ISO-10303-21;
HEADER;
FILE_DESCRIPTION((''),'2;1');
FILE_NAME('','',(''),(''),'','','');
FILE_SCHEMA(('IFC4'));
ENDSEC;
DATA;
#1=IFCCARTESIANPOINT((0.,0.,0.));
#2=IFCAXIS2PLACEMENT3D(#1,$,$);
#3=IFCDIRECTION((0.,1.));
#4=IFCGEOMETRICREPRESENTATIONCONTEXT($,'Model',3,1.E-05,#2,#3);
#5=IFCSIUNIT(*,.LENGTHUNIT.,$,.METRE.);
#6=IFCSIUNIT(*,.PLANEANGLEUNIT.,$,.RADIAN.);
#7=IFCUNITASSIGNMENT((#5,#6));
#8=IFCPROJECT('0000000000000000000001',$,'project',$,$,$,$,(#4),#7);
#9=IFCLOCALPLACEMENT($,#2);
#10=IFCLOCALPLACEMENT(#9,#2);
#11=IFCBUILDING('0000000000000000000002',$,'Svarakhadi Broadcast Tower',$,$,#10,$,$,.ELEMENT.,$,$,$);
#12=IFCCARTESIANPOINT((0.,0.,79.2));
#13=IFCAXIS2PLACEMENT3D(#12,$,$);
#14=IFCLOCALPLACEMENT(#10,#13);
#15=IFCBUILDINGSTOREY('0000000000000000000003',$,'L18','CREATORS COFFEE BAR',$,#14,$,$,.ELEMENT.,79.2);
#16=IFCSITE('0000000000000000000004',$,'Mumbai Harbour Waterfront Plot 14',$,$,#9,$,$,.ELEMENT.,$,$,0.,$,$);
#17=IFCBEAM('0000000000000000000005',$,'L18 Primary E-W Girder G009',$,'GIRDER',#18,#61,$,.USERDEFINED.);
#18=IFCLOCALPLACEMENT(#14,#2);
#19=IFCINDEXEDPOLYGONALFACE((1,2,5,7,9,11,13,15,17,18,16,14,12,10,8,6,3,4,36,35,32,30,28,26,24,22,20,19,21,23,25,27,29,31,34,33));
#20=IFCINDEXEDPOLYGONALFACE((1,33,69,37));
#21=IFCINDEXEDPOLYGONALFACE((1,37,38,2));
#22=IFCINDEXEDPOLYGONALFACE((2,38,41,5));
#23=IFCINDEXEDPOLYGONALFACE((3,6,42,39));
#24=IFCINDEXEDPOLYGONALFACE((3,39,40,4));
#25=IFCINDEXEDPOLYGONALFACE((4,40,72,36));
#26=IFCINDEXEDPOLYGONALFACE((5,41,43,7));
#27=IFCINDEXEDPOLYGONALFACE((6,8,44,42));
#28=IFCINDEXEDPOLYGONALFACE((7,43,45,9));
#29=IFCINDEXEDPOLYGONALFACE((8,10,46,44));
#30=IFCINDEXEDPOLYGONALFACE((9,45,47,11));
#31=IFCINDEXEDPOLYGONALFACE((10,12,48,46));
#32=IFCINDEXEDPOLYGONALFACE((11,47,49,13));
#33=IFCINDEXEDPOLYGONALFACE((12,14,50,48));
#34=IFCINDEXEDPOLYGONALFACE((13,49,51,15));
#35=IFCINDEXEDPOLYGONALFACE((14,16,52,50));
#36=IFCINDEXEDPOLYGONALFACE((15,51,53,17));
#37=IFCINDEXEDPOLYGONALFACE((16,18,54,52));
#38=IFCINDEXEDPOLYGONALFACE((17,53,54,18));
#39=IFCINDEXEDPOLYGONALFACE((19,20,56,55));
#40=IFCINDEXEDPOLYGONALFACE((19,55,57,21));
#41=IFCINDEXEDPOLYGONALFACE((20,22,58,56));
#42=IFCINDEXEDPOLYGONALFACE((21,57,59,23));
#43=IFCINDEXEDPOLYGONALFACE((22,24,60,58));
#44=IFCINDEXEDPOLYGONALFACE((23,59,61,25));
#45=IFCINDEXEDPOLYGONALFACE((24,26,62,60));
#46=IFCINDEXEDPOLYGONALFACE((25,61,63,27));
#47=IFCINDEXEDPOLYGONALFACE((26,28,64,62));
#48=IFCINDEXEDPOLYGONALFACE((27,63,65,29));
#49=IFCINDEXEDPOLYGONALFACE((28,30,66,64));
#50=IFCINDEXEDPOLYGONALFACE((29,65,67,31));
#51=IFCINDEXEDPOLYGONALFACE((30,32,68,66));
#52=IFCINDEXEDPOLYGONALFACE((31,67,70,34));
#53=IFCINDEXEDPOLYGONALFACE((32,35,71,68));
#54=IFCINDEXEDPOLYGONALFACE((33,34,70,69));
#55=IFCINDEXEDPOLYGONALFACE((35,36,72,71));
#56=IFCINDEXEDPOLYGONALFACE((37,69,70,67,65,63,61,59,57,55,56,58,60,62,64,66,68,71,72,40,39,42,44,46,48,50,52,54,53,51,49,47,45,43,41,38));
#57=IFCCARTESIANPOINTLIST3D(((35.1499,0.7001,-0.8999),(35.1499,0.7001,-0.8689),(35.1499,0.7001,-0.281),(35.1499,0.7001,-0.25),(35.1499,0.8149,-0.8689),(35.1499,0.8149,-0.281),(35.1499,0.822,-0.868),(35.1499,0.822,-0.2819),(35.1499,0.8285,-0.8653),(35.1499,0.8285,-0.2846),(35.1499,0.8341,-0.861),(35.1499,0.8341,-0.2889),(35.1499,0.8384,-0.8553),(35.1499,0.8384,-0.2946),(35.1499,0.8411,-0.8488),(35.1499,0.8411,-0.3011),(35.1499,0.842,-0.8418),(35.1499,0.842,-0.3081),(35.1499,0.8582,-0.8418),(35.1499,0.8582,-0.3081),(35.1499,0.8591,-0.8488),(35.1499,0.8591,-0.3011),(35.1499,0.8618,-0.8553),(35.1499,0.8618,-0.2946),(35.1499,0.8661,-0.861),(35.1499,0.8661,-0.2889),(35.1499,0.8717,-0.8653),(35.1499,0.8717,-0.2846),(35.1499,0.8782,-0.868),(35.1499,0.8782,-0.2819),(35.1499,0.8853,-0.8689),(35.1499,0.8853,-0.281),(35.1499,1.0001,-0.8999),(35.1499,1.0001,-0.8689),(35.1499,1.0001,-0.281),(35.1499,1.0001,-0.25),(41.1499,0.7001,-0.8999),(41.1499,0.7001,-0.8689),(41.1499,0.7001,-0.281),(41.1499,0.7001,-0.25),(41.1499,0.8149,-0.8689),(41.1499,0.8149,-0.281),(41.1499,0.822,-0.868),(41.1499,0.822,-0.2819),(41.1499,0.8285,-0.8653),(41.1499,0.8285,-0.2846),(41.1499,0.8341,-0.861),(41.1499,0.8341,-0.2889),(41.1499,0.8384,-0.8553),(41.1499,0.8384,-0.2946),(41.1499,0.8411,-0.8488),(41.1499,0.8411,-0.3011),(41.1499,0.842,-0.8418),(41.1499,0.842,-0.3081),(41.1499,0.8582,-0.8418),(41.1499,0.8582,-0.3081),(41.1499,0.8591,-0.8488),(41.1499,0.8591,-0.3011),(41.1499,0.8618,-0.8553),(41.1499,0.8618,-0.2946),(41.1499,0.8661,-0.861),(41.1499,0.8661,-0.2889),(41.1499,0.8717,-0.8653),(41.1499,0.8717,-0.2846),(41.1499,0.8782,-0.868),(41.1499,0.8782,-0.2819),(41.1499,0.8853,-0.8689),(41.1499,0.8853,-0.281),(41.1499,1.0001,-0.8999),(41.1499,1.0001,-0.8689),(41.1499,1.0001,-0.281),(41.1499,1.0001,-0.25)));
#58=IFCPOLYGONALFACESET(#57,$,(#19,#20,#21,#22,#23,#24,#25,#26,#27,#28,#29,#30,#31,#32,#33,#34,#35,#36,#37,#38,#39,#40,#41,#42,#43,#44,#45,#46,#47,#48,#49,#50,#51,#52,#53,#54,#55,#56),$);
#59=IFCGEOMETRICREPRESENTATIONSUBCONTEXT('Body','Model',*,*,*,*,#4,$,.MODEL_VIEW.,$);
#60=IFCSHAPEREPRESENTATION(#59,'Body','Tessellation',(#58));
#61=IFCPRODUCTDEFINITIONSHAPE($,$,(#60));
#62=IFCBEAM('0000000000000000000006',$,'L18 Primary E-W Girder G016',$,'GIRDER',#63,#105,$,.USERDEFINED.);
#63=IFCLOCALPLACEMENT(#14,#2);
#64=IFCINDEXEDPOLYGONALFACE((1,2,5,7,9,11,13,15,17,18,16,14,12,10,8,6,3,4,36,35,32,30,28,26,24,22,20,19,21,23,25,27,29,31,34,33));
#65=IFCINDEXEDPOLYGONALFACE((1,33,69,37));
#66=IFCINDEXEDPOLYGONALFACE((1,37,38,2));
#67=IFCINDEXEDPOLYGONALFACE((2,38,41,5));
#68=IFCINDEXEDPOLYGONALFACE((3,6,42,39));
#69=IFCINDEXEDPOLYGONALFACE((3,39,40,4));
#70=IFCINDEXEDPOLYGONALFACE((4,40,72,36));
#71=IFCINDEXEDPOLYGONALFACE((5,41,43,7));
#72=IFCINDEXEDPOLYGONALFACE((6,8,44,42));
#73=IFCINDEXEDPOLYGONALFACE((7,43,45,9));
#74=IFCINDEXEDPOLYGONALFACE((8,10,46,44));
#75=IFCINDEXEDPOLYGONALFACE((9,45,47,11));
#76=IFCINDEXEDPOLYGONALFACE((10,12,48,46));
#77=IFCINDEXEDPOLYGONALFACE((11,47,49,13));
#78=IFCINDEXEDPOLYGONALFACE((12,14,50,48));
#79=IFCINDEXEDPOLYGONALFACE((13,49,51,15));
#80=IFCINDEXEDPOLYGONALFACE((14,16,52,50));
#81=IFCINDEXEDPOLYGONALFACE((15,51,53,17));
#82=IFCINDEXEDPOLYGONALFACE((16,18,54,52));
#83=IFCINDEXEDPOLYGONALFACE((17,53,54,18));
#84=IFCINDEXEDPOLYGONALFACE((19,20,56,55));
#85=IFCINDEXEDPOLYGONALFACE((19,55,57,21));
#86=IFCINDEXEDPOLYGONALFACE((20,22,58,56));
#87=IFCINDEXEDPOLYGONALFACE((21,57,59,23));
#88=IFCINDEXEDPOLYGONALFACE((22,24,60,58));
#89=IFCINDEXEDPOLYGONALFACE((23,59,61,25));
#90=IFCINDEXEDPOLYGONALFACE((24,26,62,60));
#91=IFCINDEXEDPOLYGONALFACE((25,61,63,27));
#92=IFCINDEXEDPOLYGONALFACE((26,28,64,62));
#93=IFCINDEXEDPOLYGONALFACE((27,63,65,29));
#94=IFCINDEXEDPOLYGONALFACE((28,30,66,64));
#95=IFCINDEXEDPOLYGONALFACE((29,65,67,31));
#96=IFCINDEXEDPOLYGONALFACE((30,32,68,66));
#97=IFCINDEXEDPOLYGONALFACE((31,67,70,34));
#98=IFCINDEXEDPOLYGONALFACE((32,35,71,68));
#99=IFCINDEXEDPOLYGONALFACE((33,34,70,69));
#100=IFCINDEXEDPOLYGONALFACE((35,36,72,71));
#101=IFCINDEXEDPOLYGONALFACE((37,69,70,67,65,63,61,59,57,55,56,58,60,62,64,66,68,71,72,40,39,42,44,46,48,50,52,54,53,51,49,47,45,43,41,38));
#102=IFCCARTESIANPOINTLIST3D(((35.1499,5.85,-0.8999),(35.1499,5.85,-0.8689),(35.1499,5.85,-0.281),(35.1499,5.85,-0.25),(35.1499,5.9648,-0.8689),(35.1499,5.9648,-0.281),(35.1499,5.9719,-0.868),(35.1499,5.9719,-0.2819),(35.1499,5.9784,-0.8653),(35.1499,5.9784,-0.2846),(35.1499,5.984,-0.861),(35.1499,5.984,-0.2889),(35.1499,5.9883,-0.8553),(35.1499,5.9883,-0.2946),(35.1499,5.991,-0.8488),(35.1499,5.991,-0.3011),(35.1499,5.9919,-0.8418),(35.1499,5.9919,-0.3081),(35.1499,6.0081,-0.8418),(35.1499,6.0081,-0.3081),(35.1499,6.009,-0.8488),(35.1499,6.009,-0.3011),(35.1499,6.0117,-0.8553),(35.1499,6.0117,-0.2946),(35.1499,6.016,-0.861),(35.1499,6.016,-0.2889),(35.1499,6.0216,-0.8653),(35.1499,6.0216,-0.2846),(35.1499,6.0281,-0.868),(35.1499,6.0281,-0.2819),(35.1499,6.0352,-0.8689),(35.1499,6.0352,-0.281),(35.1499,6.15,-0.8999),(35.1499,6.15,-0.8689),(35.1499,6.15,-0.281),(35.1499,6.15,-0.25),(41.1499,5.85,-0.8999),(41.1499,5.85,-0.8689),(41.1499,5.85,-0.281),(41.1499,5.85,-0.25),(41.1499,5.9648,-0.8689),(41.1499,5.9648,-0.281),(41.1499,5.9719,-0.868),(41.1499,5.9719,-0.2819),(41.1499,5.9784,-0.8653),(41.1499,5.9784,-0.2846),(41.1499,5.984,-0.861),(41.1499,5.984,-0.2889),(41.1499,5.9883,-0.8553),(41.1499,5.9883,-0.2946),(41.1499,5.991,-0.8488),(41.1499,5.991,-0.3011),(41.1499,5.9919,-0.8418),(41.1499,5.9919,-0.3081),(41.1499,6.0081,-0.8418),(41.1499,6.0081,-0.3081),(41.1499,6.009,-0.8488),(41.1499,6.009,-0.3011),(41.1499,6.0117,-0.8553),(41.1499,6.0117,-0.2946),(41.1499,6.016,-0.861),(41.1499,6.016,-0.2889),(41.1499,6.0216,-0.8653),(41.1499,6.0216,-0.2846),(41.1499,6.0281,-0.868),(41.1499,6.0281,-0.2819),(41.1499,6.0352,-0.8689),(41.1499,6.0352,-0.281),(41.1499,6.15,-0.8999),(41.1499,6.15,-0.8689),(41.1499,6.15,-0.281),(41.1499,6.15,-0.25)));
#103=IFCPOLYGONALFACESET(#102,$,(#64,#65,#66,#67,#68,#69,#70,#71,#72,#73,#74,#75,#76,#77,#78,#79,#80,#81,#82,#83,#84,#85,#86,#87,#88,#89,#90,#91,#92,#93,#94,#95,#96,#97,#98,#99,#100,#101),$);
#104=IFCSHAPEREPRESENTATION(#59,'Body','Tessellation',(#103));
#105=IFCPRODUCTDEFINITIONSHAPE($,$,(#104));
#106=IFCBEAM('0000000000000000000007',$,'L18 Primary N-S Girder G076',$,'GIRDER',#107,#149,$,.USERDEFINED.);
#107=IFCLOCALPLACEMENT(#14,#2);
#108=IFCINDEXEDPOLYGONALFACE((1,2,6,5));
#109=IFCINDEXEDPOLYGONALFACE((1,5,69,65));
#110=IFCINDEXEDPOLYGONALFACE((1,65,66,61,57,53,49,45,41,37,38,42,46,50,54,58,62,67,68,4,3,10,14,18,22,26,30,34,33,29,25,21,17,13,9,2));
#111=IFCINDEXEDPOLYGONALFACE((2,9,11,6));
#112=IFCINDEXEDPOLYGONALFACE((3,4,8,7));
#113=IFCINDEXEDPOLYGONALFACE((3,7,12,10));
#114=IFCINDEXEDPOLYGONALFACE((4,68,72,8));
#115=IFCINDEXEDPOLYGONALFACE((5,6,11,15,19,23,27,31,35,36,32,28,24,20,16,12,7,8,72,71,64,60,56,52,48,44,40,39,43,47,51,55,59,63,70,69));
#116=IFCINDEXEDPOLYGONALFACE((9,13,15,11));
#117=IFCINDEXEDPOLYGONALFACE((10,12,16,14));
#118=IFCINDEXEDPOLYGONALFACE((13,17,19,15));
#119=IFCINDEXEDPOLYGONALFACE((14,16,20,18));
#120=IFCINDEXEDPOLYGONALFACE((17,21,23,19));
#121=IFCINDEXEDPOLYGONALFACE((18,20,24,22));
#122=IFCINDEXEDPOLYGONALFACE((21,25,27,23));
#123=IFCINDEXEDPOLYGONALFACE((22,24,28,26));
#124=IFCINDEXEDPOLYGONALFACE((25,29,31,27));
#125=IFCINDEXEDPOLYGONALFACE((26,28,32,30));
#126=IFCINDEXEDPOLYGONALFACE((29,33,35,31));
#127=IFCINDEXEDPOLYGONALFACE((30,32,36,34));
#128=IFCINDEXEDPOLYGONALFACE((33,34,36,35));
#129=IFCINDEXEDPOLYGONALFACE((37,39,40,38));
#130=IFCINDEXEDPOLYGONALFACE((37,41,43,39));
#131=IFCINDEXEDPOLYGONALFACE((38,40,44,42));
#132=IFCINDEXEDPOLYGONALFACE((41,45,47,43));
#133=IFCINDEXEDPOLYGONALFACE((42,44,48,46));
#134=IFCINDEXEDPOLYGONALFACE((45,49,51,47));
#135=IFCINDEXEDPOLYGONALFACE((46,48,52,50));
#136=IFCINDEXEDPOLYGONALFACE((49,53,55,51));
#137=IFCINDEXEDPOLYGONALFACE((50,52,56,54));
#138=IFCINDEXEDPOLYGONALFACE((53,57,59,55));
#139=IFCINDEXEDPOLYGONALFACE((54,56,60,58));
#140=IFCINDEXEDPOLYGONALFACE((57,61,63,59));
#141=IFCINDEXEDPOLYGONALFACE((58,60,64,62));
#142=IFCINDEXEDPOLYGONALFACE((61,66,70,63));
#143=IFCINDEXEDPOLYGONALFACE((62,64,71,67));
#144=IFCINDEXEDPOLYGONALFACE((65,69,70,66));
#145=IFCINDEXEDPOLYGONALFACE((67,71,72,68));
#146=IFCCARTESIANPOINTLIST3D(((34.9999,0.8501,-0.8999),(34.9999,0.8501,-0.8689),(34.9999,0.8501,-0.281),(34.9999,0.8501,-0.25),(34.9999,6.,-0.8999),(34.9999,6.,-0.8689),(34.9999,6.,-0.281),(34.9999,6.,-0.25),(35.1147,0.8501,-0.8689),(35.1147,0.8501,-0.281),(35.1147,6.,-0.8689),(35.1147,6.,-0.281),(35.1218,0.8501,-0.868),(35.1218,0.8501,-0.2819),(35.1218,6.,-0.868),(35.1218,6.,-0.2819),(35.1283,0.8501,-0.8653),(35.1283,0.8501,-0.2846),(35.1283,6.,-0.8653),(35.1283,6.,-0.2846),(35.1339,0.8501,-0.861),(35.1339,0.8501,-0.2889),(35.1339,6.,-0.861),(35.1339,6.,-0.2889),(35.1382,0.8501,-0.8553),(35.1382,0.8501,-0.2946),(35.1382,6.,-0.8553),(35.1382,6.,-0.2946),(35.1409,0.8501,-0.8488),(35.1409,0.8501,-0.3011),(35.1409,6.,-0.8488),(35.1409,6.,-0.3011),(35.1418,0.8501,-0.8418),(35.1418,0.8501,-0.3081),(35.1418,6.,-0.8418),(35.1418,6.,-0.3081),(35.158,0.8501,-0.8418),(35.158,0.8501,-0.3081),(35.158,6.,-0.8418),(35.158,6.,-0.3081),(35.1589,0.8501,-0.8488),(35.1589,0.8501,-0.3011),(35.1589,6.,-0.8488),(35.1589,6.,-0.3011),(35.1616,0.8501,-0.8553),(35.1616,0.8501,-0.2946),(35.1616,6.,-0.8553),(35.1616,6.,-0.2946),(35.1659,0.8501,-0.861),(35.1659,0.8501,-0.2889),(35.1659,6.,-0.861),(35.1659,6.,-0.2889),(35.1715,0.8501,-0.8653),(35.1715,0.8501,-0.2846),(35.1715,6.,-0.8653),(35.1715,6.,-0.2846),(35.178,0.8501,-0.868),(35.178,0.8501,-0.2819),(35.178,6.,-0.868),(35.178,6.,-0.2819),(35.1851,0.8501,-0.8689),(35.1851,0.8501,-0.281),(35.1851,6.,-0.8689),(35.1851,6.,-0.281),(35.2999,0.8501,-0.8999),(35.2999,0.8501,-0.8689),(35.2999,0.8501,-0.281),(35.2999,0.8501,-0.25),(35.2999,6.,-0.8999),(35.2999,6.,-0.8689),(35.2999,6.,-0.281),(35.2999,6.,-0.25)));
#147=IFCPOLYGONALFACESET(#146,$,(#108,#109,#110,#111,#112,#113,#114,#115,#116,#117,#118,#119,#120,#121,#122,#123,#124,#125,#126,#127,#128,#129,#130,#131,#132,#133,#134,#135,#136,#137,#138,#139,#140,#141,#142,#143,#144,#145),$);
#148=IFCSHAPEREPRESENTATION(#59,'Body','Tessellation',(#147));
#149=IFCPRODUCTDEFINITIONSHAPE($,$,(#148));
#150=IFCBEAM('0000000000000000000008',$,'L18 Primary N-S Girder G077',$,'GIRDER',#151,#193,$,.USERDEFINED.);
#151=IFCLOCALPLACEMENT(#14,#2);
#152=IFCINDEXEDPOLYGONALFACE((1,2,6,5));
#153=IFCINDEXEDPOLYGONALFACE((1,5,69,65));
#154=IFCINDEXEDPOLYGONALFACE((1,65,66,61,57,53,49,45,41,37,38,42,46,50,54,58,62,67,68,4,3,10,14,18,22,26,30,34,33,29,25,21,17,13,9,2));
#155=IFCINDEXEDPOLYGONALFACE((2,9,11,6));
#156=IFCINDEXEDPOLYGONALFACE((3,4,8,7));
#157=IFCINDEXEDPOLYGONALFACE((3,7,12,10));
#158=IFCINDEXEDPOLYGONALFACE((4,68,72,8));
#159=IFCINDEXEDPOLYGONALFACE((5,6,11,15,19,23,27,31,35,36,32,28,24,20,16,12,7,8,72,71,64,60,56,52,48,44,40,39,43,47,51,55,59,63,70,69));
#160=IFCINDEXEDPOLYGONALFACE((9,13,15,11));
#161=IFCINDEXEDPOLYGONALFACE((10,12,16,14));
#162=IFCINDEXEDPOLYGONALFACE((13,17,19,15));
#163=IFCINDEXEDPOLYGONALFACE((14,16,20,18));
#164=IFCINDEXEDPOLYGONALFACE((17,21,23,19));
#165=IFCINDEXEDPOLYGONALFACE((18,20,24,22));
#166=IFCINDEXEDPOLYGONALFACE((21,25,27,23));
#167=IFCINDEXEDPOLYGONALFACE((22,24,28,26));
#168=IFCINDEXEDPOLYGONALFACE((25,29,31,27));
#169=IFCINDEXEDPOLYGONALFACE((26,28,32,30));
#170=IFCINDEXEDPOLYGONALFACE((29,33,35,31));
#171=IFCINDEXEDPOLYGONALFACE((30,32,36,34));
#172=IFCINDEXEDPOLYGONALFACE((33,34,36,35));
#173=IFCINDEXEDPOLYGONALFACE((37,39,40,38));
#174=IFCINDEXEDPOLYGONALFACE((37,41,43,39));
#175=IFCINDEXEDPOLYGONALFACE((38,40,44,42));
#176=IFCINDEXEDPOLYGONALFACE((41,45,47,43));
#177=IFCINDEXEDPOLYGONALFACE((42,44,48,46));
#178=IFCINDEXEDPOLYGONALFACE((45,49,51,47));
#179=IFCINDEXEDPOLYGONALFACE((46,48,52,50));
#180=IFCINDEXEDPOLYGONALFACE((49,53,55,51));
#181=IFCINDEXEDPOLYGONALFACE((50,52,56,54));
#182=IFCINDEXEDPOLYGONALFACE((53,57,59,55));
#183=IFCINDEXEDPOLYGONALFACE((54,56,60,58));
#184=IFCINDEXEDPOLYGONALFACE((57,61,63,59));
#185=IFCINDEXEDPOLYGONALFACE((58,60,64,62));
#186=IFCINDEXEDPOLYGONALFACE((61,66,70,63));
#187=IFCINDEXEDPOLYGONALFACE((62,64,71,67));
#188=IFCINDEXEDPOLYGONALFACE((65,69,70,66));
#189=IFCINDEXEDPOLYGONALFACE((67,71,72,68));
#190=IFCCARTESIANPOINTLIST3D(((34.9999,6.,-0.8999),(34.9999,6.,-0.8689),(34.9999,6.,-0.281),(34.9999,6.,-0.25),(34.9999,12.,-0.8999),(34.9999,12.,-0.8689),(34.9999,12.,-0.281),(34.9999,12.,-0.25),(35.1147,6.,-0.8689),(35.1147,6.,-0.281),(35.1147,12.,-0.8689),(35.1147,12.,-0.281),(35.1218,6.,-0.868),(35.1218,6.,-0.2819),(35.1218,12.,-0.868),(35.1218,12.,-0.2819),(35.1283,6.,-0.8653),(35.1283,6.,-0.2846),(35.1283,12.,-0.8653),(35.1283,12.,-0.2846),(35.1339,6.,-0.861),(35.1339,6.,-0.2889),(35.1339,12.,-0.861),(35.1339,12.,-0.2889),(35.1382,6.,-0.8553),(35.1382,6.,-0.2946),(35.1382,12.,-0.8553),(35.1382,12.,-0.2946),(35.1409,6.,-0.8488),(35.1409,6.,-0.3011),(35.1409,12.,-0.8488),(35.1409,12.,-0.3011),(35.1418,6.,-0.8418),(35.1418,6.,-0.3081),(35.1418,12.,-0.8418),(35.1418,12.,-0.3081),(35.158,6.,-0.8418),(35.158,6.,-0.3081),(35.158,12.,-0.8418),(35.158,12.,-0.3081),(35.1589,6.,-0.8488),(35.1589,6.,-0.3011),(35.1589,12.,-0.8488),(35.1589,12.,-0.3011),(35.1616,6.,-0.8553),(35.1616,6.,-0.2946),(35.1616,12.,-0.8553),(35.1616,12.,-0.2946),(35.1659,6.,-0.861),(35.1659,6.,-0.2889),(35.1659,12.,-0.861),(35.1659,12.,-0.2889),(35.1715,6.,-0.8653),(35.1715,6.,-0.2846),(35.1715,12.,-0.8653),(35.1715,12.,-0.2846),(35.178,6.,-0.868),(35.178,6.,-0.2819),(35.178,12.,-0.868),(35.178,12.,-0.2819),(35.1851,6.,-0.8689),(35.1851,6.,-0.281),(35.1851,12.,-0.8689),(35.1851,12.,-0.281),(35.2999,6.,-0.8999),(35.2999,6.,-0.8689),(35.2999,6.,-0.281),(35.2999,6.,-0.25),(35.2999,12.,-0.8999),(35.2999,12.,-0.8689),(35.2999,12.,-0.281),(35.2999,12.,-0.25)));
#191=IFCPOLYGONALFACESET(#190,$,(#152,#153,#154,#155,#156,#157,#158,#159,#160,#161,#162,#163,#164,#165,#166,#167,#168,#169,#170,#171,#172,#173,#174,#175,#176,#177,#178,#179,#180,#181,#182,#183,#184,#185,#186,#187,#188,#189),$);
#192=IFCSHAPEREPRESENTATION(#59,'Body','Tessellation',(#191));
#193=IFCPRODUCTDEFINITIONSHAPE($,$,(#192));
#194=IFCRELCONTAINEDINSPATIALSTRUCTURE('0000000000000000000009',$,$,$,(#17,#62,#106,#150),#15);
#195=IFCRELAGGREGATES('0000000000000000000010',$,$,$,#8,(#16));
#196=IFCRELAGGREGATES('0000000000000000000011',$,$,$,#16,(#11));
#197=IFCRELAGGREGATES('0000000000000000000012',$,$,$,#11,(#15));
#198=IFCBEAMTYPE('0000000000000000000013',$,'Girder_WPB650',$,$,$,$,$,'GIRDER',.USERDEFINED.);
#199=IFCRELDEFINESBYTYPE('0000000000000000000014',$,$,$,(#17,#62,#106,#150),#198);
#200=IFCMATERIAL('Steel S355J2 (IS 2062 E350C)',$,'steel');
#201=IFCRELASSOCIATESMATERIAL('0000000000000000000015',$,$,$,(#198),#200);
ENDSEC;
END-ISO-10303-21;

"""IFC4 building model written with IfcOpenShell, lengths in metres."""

from ifc_helpers import new_model, si_unit, direction, frame, origin, origin_2d, place, context, subcontext, project, spatial, i_section, extrude, material, material_profile, profile_set, type_object, element, save


model = new_model("IFC4")

# Units and contexts
model_context = context("Model", 3, precision=1e-05, world=origin(), true_north=direction((0.0, 1.0)))
body_context = subcontext(model_context, "Body", "Model", "MODEL_VIEW")
ifc_project = project(units=[si_unit("LENGTHUNIT", "METRE"), si_unit("PLANEANGLEUNIT", "RADIAN")], contexts=[model_context])

# Site, building, storey
site_placement = place(None, origin())
site = spatial("IfcSite", under=ifc_project, at=site_placement, Name="Mumbai Harbour Waterfront Plot 14", CompositionType="ELEMENT", RefElevation=0.0)
building_placement = place(site_placement, origin())
building = spatial("IfcBuilding", under=site, at=building_placement, Name="Svarakhadi Broadcast Tower", CompositionType="ELEMENT")
storey_placement = place(building_placement, frame((0.0, 0.0, 79.2)))
storey = spatial("IfcBuildingStorey", under=building, at=storey_placement, Name="L18", Description="CREATORS COFFEE BAR", CompositionType="ELEMENT", Elevation=79.2)

# Shared definitions
ifc_material_1 = material(Name="Steel S355J2 (IS 2062 E350C)", Category="steel")

# Beams
ifc_material_profile_1 = material_profile(ifc_material_1, i_section(OverallWidth=0.3, OverallDepth=0.6499, WebThickness=0.0161, FlangeThickness=0.031, FilletRadius=0.0271, at=origin_2d()), Name="WPB 650x300x225")
ifc_profile_set_1 = profile_set([ifc_material_profile_1], Name="Steel S355J2 (IS 2062 E350C)")
beam_type_1 = type_object("IfcBeamType", Name="Girder_WPB650", ElementType="GIRDER", PredefinedType="USERDEFINED", material=ifc_profile_set_1)
for number, where, z_axis, x_axis, name in (
    (1, (35.1499, 0.8501, -0.575), (1.0, 0.0, 0.0), (0.0, 1.0, 0.0), "L18 Primary E-W Girder G009"),
    (2, (35.1499, 6.0, -0.575), (1.0, 0.0, 0.0), (0.0, 1.0, 0.0), "L18 Primary E-W Girder G016"),
):
    element("IfcBeam", number, at=place(storey_placement, frame(where, z_axis=z_axis, x_axis=x_axis)), inside=storey, type_object=beam_type_1, Name=name, ObjectType="GIRDER", PredefinedType="USERDEFINED", context=body_context, shape_type="SweptSolid", body=[
        extrude(i_section(OverallWidth=0.3, OverallDepth=0.6499, WebThickness=0.0161, FlangeThickness=0.031, FilletRadius=0.0271, at=origin_2d()), origin(), (0.0, 0.0, 1.0), 6.0),
    ])
beam_1_placement = place(storey_placement, frame((35.1499, 0.8501, -0.575), z_axis=(0.0, 1.0, 0.0), x_axis=(-1.0, 0.0, 0.0)))
element("IfcBeam", 3, at=beam_1_placement, inside=storey, type_object=beam_type_1, Name="L18 Primary N-S Girder G076", ObjectType="GIRDER", PredefinedType="USERDEFINED", context=body_context, shape_type="SweptSolid", body=[
    extrude(i_section(OverallWidth=0.3, OverallDepth=0.6499, WebThickness=0.0161, FlangeThickness=0.031, FilletRadius=0.0271, at=origin_2d()), origin(), (0.0, 0.0, 1.0), 5.1499),
])
beam_2_placement = place(storey_placement, frame((35.1499, 6.0, -0.575), z_axis=(0.0, 1.0, 0.0), x_axis=(-1.0, 0.0, 0.0)))
element("IfcBeam", 4, at=beam_2_placement, inside=storey, type_object=beam_type_1, Name="L18 Primary N-S Girder G077", ObjectType="GIRDER", PredefinedType="USERDEFINED", context=body_context, shape_type="SweptSolid", body=[
    extrude(i_section(OverallWidth=0.3, OverallDepth=0.6499, WebThickness=0.0161, FlangeThickness=0.031, FilletRadius=0.0271, at=origin_2d()), origin(), (0.0, 0.0, 1.0), 6.0),
])

save(model, "model.ifc")
